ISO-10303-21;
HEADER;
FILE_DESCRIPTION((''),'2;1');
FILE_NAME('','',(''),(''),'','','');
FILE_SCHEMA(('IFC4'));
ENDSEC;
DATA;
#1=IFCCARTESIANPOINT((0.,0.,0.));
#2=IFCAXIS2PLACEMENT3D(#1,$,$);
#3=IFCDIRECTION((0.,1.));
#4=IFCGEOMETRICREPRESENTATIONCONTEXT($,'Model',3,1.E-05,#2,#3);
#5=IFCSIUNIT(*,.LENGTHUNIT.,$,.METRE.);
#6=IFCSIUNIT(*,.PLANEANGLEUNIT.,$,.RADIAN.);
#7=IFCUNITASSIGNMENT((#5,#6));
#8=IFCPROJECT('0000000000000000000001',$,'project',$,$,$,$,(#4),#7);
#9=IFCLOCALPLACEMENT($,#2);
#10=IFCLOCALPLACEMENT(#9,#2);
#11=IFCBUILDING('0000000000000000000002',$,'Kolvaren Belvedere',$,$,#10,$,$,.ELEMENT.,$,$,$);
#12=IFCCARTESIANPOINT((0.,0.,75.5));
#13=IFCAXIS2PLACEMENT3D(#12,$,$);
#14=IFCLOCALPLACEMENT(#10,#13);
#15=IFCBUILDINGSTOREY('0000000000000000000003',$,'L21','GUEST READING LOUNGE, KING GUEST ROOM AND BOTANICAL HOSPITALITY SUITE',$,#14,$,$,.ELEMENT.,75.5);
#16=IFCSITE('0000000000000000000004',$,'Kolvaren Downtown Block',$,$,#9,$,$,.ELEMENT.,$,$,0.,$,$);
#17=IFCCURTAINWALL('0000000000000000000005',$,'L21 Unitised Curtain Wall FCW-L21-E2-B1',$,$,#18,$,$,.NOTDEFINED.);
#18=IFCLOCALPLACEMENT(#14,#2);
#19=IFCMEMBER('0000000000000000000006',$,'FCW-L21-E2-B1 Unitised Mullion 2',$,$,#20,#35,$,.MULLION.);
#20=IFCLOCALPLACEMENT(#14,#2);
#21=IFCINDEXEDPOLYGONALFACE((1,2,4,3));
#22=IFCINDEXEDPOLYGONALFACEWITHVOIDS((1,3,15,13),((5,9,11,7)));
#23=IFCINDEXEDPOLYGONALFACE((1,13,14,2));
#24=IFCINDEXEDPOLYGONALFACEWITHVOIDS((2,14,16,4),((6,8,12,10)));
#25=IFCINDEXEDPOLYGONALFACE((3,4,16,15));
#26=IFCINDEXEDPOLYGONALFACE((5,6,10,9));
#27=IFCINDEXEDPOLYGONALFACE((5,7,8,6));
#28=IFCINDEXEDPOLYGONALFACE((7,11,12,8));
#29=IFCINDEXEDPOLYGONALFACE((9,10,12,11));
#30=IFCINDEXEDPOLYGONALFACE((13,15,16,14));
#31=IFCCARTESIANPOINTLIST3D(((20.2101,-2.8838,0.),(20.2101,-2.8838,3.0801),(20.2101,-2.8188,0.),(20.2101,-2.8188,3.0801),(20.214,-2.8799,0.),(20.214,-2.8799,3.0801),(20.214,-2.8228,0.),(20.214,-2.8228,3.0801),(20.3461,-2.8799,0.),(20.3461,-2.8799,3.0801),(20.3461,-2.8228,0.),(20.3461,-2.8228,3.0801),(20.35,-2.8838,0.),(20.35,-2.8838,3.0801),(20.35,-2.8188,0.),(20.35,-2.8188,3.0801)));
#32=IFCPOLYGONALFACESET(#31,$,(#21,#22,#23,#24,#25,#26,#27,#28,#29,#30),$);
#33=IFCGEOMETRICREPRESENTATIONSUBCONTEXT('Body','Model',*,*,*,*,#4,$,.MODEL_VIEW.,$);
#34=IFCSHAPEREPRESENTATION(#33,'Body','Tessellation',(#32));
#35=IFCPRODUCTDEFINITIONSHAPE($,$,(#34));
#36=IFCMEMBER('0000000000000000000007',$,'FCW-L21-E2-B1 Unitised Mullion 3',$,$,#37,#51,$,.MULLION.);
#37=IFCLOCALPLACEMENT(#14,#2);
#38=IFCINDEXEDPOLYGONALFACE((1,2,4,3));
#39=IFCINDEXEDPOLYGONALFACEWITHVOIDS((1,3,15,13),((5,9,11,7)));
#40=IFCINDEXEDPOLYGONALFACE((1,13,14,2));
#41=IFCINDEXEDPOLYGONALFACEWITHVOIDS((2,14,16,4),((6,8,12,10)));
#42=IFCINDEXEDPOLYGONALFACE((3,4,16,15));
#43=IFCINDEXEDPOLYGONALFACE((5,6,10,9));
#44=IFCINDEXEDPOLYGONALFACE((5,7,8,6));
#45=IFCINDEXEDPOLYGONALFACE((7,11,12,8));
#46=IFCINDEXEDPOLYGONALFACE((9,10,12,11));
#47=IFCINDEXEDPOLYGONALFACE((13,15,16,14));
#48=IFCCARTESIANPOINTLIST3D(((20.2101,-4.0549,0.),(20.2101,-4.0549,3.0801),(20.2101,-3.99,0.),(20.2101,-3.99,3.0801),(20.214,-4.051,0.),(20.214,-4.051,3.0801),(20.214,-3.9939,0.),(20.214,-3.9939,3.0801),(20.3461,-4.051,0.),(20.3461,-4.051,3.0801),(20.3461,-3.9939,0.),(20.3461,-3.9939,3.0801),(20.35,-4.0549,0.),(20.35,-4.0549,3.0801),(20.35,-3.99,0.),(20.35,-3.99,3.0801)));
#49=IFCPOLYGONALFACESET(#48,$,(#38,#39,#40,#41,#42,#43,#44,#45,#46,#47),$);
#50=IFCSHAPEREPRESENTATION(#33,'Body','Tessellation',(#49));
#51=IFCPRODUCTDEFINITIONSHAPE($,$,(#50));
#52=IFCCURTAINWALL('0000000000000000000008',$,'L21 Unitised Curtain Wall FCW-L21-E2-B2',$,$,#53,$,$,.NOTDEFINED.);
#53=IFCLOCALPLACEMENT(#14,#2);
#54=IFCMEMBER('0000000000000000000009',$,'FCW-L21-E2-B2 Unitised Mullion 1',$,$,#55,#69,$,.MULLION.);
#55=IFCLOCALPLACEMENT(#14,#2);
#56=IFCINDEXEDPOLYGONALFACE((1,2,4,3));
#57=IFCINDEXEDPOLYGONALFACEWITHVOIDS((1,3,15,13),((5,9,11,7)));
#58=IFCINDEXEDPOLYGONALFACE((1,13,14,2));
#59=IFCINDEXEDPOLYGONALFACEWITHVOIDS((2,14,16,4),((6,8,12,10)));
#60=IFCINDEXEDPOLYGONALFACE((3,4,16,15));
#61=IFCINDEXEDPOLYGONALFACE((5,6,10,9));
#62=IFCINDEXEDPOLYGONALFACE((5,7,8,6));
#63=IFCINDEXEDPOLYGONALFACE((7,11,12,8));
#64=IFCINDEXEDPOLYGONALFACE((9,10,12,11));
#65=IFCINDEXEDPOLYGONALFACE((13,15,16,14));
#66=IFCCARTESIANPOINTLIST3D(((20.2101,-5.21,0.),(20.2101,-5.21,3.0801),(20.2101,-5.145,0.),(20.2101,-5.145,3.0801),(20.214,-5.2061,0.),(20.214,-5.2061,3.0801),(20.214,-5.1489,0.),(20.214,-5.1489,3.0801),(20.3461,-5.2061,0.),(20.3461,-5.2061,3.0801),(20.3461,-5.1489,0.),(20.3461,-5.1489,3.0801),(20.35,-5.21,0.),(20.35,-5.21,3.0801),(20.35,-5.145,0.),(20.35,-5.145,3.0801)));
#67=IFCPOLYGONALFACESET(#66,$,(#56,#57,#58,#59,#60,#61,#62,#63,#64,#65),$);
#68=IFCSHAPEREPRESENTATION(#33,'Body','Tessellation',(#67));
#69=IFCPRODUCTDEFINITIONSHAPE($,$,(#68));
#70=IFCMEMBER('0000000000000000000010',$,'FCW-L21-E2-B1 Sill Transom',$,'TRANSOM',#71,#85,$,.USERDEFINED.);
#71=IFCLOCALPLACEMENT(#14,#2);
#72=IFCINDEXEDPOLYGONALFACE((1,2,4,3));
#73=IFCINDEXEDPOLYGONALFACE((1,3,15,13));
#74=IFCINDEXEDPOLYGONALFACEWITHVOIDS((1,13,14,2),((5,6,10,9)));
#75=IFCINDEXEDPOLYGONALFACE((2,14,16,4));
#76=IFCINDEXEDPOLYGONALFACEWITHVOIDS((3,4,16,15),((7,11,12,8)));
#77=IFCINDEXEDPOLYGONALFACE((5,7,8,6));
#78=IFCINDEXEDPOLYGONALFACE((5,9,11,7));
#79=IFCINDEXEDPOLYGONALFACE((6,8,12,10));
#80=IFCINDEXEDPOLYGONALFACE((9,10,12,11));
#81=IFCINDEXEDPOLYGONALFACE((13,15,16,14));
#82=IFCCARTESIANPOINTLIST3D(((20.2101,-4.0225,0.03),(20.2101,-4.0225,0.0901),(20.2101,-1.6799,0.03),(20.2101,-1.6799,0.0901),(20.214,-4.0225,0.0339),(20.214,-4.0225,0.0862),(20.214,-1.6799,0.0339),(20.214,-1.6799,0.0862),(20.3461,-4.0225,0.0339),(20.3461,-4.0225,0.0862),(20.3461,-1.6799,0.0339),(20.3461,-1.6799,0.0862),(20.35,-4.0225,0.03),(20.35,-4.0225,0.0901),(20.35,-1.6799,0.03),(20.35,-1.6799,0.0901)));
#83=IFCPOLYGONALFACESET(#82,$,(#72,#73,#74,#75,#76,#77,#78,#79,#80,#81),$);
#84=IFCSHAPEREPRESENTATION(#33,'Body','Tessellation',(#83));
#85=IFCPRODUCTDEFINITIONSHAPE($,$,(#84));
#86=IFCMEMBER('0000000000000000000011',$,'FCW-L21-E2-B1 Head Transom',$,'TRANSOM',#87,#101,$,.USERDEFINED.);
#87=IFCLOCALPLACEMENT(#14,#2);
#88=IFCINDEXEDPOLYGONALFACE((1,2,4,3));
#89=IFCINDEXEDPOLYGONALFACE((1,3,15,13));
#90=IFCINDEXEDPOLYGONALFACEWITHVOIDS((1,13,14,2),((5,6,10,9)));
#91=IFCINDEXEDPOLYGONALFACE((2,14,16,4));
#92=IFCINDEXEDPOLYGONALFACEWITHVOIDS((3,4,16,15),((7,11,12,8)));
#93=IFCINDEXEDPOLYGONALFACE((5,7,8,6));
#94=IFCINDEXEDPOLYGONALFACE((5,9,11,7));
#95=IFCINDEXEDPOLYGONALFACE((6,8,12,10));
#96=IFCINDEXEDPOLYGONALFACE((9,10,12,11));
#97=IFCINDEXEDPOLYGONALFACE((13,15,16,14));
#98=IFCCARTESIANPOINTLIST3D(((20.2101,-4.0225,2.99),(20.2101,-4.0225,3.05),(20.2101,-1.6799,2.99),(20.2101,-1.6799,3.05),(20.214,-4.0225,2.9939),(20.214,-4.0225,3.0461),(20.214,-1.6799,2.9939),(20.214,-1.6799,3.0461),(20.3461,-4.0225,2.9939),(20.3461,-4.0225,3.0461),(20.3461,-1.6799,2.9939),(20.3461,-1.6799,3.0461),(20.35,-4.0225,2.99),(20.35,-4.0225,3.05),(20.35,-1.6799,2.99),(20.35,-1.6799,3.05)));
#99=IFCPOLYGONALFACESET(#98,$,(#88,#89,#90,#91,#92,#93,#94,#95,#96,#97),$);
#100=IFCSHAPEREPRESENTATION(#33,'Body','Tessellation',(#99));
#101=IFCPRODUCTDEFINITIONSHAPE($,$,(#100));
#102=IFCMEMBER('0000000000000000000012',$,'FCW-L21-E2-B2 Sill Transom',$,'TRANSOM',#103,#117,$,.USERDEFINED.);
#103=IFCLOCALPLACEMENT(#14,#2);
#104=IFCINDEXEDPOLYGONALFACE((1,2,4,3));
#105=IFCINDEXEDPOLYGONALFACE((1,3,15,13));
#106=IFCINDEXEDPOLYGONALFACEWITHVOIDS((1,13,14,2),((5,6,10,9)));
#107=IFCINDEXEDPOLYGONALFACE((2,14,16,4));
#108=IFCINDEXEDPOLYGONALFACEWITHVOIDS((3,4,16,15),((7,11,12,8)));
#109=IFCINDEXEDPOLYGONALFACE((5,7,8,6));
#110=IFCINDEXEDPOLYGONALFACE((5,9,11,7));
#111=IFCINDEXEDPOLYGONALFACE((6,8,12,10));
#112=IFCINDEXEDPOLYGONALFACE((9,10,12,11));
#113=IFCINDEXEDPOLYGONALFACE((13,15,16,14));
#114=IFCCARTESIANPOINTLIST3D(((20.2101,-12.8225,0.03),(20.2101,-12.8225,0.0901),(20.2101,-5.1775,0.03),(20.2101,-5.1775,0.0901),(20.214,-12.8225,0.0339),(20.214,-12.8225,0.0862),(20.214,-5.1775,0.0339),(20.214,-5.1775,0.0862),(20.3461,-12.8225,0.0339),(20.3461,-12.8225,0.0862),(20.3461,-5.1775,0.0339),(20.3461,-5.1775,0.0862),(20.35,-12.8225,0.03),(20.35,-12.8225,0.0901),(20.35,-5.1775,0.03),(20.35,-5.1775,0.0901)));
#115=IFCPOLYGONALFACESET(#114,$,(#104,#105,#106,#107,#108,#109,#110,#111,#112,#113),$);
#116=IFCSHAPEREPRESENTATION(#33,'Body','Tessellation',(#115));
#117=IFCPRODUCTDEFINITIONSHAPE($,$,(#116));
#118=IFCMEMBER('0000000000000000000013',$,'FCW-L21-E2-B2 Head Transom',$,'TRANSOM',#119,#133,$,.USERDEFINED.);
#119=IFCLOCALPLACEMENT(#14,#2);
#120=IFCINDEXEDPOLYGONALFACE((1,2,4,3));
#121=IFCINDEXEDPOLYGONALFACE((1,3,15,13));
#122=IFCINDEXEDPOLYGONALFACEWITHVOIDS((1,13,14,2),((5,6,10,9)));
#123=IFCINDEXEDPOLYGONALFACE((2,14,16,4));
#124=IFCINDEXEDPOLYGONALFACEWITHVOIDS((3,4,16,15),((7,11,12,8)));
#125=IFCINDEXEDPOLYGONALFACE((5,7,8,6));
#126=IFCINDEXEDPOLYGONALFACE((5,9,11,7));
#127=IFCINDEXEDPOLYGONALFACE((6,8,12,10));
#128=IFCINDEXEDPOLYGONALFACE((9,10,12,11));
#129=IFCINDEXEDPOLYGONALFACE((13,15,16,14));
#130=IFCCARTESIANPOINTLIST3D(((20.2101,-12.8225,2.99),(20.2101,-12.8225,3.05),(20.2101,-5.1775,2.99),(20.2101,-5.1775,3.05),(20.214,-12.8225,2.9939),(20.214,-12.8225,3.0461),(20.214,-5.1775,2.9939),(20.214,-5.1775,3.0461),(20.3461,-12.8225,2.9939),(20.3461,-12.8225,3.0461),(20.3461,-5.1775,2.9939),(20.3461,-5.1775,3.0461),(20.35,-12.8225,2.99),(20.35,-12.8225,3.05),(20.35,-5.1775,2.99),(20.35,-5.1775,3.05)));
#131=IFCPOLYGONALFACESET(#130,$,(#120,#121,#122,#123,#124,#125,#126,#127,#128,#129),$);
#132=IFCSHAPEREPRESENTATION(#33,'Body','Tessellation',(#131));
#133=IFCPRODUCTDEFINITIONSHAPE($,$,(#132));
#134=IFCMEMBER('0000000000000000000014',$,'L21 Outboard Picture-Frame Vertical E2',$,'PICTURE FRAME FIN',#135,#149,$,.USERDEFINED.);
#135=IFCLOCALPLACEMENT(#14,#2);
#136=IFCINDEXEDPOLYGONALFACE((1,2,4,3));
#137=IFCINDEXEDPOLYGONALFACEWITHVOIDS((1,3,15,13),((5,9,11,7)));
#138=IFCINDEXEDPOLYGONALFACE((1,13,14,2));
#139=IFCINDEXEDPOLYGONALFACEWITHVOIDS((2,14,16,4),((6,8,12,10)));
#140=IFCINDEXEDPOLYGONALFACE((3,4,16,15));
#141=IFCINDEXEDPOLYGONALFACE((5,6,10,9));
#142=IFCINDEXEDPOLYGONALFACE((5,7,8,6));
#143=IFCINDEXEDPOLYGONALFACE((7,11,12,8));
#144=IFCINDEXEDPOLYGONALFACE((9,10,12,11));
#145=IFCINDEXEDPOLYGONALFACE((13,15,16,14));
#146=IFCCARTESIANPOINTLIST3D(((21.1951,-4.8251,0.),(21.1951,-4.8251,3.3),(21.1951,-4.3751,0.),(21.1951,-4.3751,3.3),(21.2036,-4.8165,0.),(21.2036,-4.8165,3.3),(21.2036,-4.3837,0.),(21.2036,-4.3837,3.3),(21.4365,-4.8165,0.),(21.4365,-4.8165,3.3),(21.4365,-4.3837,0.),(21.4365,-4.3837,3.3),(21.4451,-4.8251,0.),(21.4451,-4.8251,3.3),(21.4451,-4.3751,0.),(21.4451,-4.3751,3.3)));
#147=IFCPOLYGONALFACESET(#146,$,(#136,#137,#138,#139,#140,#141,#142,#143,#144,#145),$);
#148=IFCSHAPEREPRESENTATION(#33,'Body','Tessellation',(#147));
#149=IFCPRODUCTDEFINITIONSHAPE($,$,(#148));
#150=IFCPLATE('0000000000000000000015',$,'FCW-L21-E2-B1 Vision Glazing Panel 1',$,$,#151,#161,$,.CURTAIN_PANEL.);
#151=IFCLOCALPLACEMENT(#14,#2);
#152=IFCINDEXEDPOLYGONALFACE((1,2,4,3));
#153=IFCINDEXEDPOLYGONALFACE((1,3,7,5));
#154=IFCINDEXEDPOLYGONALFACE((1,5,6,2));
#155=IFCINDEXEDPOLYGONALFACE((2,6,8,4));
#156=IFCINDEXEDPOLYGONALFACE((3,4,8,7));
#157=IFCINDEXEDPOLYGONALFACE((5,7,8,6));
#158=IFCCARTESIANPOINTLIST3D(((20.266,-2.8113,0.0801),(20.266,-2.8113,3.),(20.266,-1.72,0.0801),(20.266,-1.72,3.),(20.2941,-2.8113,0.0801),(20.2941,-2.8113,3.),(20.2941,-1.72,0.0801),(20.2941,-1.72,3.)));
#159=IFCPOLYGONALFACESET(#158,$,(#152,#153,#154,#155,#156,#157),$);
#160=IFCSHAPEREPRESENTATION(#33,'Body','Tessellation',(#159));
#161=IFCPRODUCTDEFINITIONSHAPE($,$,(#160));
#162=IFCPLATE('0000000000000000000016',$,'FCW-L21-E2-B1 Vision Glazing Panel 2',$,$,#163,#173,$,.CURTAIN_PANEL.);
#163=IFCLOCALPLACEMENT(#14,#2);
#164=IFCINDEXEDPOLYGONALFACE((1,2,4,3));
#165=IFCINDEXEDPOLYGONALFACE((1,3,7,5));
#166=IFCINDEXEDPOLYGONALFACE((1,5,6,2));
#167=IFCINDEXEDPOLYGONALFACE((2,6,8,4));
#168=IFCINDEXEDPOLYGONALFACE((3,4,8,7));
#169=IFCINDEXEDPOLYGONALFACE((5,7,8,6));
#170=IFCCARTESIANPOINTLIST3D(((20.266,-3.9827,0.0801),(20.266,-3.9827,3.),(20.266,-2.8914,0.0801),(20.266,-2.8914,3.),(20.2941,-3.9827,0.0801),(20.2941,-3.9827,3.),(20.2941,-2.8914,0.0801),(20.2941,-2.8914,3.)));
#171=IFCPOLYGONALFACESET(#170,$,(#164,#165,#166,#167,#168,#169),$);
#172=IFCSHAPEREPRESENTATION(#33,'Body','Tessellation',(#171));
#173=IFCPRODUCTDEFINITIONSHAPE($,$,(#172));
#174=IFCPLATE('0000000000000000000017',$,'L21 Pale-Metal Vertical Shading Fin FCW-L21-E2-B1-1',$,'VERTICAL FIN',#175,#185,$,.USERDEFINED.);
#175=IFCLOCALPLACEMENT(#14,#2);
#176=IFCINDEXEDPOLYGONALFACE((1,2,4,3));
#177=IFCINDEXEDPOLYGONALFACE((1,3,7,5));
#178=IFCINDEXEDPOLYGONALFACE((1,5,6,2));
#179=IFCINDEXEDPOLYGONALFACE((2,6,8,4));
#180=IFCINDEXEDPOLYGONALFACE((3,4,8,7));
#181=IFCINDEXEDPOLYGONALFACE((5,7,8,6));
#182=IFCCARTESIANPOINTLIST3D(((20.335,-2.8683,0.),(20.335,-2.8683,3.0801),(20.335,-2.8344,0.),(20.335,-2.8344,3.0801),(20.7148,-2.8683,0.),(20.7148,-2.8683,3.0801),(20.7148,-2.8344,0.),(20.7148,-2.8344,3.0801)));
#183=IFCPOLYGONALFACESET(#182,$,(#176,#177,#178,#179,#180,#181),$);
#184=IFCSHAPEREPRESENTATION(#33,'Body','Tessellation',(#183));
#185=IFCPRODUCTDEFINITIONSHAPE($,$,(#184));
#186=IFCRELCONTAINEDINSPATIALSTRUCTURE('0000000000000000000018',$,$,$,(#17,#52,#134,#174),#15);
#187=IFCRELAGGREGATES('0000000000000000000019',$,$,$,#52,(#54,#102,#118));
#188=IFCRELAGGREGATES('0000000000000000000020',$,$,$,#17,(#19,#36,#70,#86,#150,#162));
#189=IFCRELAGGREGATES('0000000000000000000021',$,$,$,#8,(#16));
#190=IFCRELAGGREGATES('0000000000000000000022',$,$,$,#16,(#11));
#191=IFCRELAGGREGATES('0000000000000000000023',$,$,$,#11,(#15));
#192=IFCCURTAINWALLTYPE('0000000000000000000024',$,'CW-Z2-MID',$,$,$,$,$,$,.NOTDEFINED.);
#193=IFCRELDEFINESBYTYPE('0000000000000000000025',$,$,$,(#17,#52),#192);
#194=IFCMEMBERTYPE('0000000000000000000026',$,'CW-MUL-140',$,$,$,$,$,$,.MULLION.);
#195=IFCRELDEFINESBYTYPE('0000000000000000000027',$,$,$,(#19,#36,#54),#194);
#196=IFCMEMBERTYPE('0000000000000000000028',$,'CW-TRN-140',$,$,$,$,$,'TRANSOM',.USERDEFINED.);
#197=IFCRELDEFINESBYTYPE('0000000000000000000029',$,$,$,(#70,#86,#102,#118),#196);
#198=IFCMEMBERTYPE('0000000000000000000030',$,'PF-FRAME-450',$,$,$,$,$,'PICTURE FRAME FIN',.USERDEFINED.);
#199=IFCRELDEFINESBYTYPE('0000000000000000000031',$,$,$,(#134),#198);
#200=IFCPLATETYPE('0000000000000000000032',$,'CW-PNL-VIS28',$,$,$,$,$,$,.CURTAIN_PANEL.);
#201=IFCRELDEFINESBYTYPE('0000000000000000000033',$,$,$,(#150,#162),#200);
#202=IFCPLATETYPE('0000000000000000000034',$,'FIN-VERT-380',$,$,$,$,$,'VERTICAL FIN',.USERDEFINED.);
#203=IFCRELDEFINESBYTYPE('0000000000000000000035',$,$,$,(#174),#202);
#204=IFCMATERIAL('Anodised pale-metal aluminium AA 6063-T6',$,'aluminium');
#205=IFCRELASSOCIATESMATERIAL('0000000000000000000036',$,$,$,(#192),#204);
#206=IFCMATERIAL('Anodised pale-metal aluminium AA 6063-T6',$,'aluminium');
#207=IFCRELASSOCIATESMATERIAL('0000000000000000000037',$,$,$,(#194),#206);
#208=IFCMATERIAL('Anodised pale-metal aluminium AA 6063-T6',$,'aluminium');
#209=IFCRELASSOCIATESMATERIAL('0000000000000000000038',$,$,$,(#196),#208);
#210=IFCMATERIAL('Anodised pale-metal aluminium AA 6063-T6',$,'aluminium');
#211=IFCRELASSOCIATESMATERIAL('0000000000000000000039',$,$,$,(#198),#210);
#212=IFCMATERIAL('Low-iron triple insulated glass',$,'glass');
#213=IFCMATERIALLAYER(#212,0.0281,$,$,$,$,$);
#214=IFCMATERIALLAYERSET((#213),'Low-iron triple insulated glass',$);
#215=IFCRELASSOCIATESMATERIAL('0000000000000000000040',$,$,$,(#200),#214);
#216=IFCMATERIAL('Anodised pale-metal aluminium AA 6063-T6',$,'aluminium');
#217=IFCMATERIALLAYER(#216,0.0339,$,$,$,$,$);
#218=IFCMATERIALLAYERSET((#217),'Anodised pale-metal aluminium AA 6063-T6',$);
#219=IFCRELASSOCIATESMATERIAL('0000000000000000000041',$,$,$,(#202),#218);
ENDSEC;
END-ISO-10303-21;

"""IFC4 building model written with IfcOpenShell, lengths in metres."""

from ifc_helpers import new_model, si_unit, direction, frame, origin, origin_2d, place, context, subcontext, project, spatial, rectangle, hollow_rectangle, extrude, material, layer, layer_set, material_profile, profile_set, type_object, element, aggregate, save


model = new_model("IFC4")

# Units and contexts
model_context = context("Model", 3, precision=1e-05, world=origin(), true_north=direction((0.0, 1.0)))
body_context = subcontext(model_context, "Body", "Model", "MODEL_VIEW")
ifc_project = project(units=[si_unit("LENGTHUNIT", "METRE"), si_unit("PLANEANGLEUNIT", "RADIAN")], contexts=[model_context])

# Site, building, storey
site_placement = place(None, origin())
site = spatial("IfcSite", under=ifc_project, at=site_placement, Name="Kolvaren Downtown Block", CompositionType="ELEMENT", RefElevation=0.0)
building_placement = place(site_placement, origin())
building = spatial("IfcBuilding", under=site, at=building_placement, Name="Kolvaren Belvedere", CompositionType="ELEMENT")
storey_placement = place(building_placement, frame((0.0, 0.0, 75.5)))
storey = spatial("IfcBuildingStorey", under=building, at=storey_placement, Name="L21", Description="GUEST READING LOUNGE, KING GUEST ROOM AND BOTANICAL HOSPITALITY SUITE", CompositionType="ELEMENT", Elevation=75.5)

# Curtain wall, members
ifc_material_1 = material(Name="Anodised pale-metal aluminium AA 6063-T6", Category="aluminium")
curtain_wall_type = type_object("IfcCurtainWallType", Name="CW-Z2-MID", PredefinedType="NOTDEFINED", material=ifc_material_1)
curtain_wall_1_placement = place(storey_placement, origin())
curtain_wall_1 = element("IfcCurtainWall", 1, at=curtain_wall_1_placement, inside=storey, type_object=curtain_wall_type, Name="L21 Unitised Curtain Wall FCW-L21-E2-B1", PredefinedType="NOTDEFINED")
ifc_material_2 = material(Name="Anodised pale-metal aluminium AA 6063-T6", Category="aluminium")
ifc_material_profile_1 = material_profile(ifc_material_2, hollow_rectangle(XDim=0.0649, YDim=0.1399, WallThickness=0.0039, at=origin_2d()), Name="ALU-MUL-140X65")
ifc_profile_set_1 = profile_set([ifc_material_profile_1], Name="Anodised pale-metal aluminium AA 6063-T6")
member_type_1 = type_object("IfcMemberType", Name="CW-MUL-140", PredefinedType="MULLION", material=ifc_profile_set_1)
member_1_placement = place(storey_placement, frame((20.28, -2.8513, 0.0), z_axis=(0.0, 0.0, 1.0), x_axis=(0.0, 1.0, 0.0)))
member_1 = element("IfcMember", 2, at=member_1_placement, type_object=member_type_1, Name="FCW-L21-E2-B1 Unitised Mullion 2", PredefinedType="MULLION", context=body_context, shape_type="SweptSolid", body=[
    extrude(hollow_rectangle(XDim=0.0649, YDim=0.1399, WallThickness=0.0039, at=origin_2d()), origin(), (0.0, 0.0, 1.0), 3.0801),
])
member_2_placement = place(storey_placement, frame((20.28, -4.0225, 0.0), z_axis=(0.0, 0.0, 1.0), x_axis=(0.0, 1.0, 0.0)))
member_2 = element("IfcMember", 3, at=member_2_placement, type_object=member_type_1, Name="FCW-L21-E2-B1 Unitised Mullion 3", PredefinedType="MULLION", context=body_context, shape_type="SweptSolid", body=[
    extrude(hollow_rectangle(XDim=0.0649, YDim=0.1399, WallThickness=0.0039, at=origin_2d()), origin(), (0.0, 0.0, 1.0), 3.0801),
])

# Curtain wall, member
curtain_wall_2_placement = place(storey_placement, origin())
curtain_wall_2 = element("IfcCurtainWall", 4, at=curtain_wall_2_placement, inside=storey, type_object=curtain_wall_type, Name="L21 Unitised Curtain Wall FCW-L21-E2-B2", PredefinedType="NOTDEFINED")
member_3_placement = place(storey_placement, frame((20.28, -5.1775, 0.0), z_axis=(0.0, 0.0, 1.0), x_axis=(0.0, 1.0, 0.0)))
member_3 = element("IfcMember", 5, at=member_3_placement, type_object=member_type_1, Name="FCW-L21-E2-B2 Unitised Mullion 1", PredefinedType="MULLION", context=body_context, shape_type="SweptSolid", body=[
    extrude(hollow_rectangle(XDim=0.0649, YDim=0.1399, WallThickness=0.0039, at=origin_2d()), origin(), (0.0, 0.0, 1.0), 3.0801),
])

# Members
ifc_material_3 = material(Name="Anodised pale-metal aluminium AA 6063-T6", Category="aluminium")
ifc_material_profile_2 = material_profile(ifc_material_3, hollow_rectangle(XDim=0.0601, YDim=0.1399, WallThickness=0.0039, at=origin_2d()), Name="ALU-TRN-140X60")
ifc_profile_set_2 = profile_set([ifc_material_profile_2], Name="Anodised pale-metal aluminium AA 6063-T6")
member_type_2 = type_object("IfcMemberType", Name="CW-TRN-140", ElementType="TRANSOM", PredefinedType="USERDEFINED", material=ifc_profile_set_2)
member_4_placement = place(storey_placement, frame((20.28, -1.6799, 0.0601), z_axis=(0.0, -1.0, 0.0), x_axis=(0.0, 0.0, 1.0)))
member_4 = element("IfcMember", 6, at=member_4_placement, type_object=member_type_2, Name="FCW-L21-E2-B1 Sill Transom", ObjectType="TRANSOM", PredefinedType="USERDEFINED", context=body_context, shape_type="SweptSolid", body=[
    extrude(hollow_rectangle(XDim=0.0601, YDim=0.1399, WallThickness=0.0039, at=origin_2d()), origin(), (0.0, 0.0, 1.0), 2.3425),
])
member_5_placement = place(storey_placement, frame((20.28, -1.6799, 3.02), z_axis=(0.0, -1.0, 0.0), x_axis=(0.0, 0.0, 1.0)))
member_5 = element("IfcMember", 7, at=member_5_placement, type_object=member_type_2, Name="FCW-L21-E2-B1 Head Transom", ObjectType="TRANSOM", PredefinedType="USERDEFINED", context=body_context, shape_type="SweptSolid", body=[
    extrude(hollow_rectangle(XDim=0.0601, YDim=0.1399, WallThickness=0.0039, at=origin_2d()), origin(), (0.0, 0.0, 1.0), 2.3425),
])
member_6_placement = place(storey_placement, frame((20.28, -5.1775, 0.0601), z_axis=(0.0, -1.0, 0.0), x_axis=(0.0, 0.0, 1.0)))
member_6 = element("IfcMember", 8, at=member_6_placement, type_object=member_type_2, Name="FCW-L21-E2-B2 Sill Transom", ObjectType="TRANSOM", PredefinedType="USERDEFINED", context=body_context, shape_type="SweptSolid", body=[
    extrude(hollow_rectangle(XDim=0.0601, YDim=0.1399, WallThickness=0.0039, at=origin_2d()), origin(), (0.0, 0.0, 1.0), 7.645),
])
member_7_placement = place(storey_placement, frame((20.28, -5.1775, 3.02), z_axis=(0.0, -1.0, 0.0), x_axis=(0.0, 0.0, 1.0)))
member_7 = element("IfcMember", 9, at=member_7_placement, type_object=member_type_2, Name="FCW-L21-E2-B2 Head Transom", ObjectType="TRANSOM", PredefinedType="USERDEFINED", context=body_context, shape_type="SweptSolid", body=[
    extrude(hollow_rectangle(XDim=0.0601, YDim=0.1399, WallThickness=0.0039, at=origin_2d()), origin(), (0.0, 0.0, 1.0), 7.645),
])
aggregate(curtain_wall_2, [member_3, member_6, member_7])
ifc_material_4 = material(Name="Anodised pale-metal aluminium AA 6063-T6", Category="aluminium")
ifc_material_profile_3 = material_profile(ifc_material_4, hollow_rectangle(XDim=0.25, YDim=0.45, WallThickness=0.0085, at=origin_2d()), Name="ALU-PF-450X250")
ifc_profile_set_3 = profile_set([ifc_material_profile_3], Name="Anodised pale-metal aluminium AA 6063-T6")
member_type_3 = type_object("IfcMemberType", Name="PF-FRAME-450", ElementType="PICTURE FRAME FIN", PredefinedType="USERDEFINED", material=ifc_profile_set_3)
member_8_placement = place(storey_placement, frame((21.3201, -4.6001, 0.0), z_axis=(0.0, 0.0, 1.0), x_axis=(1.0, 0.0, 0.0)))
element("IfcMember", 10, at=member_8_placement, inside=storey, type_object=member_type_3, Name="L21 Outboard Picture-Frame Vertical E2", ObjectType="PICTURE FRAME FIN", PredefinedType="USERDEFINED", context=body_context, shape_type="SweptSolid", body=[
    extrude(hollow_rectangle(XDim=0.25, YDim=0.45, WallThickness=0.0085, at=origin_2d()), origin(), (0.0, 0.0, 1.0), 3.3),
])

# Plates
ifc_material_5 = material(Name="Low-iron triple insulated glass", Category="glass")
ifc_layer_1 = layer(ifc_material_5, 0.0281)
ifc_layer_set_1 = layer_set([ifc_layer_1], Name="Low-iron triple insulated glass")
plate_type_1 = type_object("IfcPlateType", Name="CW-PNL-VIS28", PredefinedType="CURTAIN_PANEL", material=ifc_layer_set_1)
plate_1_placement = place(storey_placement, frame((20.28, -2.2656, 0.0801), z_axis=(0.0, 0.0, 1.0), x_axis=(0.0, -1.0, 0.0)))
plate_1 = element("IfcPlate", 11, at=plate_1_placement, type_object=plate_type_1, Name="FCW-L21-E2-B1 Vision Glazing Panel 1", PredefinedType="CURTAIN_PANEL", context=body_context, shape_type="SweptSolid", body=[
    extrude(rectangle(XDim=1.0913, YDim=0.0281, at=origin_2d()), origin(), (0.0, 0.0, 1.0), 2.9199),
])
plate_2_placement = place(storey_placement, frame((20.28, -3.437, 0.0801), z_axis=(0.0, 0.0, 1.0), x_axis=(0.0, -1.0, 0.0)))
plate_2 = element("IfcPlate", 12, at=plate_2_placement, type_object=plate_type_1, Name="FCW-L21-E2-B1 Vision Glazing Panel 2", PredefinedType="CURTAIN_PANEL", context=body_context, shape_type="SweptSolid", body=[
    extrude(rectangle(XDim=1.0913, YDim=0.0281, at=origin_2d()), origin(), (0.0, 0.0, 1.0), 2.9199),
])
aggregate(curtain_wall_1, [member_1, member_2, member_4, member_5, plate_1, plate_2])
ifc_material_6 = material(Name="Anodised pale-metal aluminium AA 6063-T6", Category="aluminium")
ifc_layer_2 = layer(ifc_material_6, 0.0339)
ifc_layer_set_2 = layer_set([ifc_layer_2], Name="Anodised pale-metal aluminium AA 6063-T6")
plate_type_2 = type_object("IfcPlateType", Name="FIN-VERT-380", ElementType="VERTICAL FIN", PredefinedType="USERDEFINED", material=ifc_layer_set_2)
plate_3_placement = place(storey_placement, frame((20.5249, -2.8513, 0.0), z_axis=(0.0, 0.0, 1.0), x_axis=(1.0, 0.0, 0.0)))
element("IfcPlate", 13, at=plate_3_placement, inside=storey, type_object=plate_type_2, Name="L21 Pale-Metal Vertical Shading Fin FCW-L21-E2-B1-1", ObjectType="VERTICAL FIN", PredefinedType="USERDEFINED", context=body_context, shape_type="SweptSolid", body=[
    extrude(rectangle(XDim=0.3799, YDim=0.0339, at=origin_2d()), origin(), (0.0, 0.0, 1.0), 3.0801),
])

save(model, "model.ifc")
